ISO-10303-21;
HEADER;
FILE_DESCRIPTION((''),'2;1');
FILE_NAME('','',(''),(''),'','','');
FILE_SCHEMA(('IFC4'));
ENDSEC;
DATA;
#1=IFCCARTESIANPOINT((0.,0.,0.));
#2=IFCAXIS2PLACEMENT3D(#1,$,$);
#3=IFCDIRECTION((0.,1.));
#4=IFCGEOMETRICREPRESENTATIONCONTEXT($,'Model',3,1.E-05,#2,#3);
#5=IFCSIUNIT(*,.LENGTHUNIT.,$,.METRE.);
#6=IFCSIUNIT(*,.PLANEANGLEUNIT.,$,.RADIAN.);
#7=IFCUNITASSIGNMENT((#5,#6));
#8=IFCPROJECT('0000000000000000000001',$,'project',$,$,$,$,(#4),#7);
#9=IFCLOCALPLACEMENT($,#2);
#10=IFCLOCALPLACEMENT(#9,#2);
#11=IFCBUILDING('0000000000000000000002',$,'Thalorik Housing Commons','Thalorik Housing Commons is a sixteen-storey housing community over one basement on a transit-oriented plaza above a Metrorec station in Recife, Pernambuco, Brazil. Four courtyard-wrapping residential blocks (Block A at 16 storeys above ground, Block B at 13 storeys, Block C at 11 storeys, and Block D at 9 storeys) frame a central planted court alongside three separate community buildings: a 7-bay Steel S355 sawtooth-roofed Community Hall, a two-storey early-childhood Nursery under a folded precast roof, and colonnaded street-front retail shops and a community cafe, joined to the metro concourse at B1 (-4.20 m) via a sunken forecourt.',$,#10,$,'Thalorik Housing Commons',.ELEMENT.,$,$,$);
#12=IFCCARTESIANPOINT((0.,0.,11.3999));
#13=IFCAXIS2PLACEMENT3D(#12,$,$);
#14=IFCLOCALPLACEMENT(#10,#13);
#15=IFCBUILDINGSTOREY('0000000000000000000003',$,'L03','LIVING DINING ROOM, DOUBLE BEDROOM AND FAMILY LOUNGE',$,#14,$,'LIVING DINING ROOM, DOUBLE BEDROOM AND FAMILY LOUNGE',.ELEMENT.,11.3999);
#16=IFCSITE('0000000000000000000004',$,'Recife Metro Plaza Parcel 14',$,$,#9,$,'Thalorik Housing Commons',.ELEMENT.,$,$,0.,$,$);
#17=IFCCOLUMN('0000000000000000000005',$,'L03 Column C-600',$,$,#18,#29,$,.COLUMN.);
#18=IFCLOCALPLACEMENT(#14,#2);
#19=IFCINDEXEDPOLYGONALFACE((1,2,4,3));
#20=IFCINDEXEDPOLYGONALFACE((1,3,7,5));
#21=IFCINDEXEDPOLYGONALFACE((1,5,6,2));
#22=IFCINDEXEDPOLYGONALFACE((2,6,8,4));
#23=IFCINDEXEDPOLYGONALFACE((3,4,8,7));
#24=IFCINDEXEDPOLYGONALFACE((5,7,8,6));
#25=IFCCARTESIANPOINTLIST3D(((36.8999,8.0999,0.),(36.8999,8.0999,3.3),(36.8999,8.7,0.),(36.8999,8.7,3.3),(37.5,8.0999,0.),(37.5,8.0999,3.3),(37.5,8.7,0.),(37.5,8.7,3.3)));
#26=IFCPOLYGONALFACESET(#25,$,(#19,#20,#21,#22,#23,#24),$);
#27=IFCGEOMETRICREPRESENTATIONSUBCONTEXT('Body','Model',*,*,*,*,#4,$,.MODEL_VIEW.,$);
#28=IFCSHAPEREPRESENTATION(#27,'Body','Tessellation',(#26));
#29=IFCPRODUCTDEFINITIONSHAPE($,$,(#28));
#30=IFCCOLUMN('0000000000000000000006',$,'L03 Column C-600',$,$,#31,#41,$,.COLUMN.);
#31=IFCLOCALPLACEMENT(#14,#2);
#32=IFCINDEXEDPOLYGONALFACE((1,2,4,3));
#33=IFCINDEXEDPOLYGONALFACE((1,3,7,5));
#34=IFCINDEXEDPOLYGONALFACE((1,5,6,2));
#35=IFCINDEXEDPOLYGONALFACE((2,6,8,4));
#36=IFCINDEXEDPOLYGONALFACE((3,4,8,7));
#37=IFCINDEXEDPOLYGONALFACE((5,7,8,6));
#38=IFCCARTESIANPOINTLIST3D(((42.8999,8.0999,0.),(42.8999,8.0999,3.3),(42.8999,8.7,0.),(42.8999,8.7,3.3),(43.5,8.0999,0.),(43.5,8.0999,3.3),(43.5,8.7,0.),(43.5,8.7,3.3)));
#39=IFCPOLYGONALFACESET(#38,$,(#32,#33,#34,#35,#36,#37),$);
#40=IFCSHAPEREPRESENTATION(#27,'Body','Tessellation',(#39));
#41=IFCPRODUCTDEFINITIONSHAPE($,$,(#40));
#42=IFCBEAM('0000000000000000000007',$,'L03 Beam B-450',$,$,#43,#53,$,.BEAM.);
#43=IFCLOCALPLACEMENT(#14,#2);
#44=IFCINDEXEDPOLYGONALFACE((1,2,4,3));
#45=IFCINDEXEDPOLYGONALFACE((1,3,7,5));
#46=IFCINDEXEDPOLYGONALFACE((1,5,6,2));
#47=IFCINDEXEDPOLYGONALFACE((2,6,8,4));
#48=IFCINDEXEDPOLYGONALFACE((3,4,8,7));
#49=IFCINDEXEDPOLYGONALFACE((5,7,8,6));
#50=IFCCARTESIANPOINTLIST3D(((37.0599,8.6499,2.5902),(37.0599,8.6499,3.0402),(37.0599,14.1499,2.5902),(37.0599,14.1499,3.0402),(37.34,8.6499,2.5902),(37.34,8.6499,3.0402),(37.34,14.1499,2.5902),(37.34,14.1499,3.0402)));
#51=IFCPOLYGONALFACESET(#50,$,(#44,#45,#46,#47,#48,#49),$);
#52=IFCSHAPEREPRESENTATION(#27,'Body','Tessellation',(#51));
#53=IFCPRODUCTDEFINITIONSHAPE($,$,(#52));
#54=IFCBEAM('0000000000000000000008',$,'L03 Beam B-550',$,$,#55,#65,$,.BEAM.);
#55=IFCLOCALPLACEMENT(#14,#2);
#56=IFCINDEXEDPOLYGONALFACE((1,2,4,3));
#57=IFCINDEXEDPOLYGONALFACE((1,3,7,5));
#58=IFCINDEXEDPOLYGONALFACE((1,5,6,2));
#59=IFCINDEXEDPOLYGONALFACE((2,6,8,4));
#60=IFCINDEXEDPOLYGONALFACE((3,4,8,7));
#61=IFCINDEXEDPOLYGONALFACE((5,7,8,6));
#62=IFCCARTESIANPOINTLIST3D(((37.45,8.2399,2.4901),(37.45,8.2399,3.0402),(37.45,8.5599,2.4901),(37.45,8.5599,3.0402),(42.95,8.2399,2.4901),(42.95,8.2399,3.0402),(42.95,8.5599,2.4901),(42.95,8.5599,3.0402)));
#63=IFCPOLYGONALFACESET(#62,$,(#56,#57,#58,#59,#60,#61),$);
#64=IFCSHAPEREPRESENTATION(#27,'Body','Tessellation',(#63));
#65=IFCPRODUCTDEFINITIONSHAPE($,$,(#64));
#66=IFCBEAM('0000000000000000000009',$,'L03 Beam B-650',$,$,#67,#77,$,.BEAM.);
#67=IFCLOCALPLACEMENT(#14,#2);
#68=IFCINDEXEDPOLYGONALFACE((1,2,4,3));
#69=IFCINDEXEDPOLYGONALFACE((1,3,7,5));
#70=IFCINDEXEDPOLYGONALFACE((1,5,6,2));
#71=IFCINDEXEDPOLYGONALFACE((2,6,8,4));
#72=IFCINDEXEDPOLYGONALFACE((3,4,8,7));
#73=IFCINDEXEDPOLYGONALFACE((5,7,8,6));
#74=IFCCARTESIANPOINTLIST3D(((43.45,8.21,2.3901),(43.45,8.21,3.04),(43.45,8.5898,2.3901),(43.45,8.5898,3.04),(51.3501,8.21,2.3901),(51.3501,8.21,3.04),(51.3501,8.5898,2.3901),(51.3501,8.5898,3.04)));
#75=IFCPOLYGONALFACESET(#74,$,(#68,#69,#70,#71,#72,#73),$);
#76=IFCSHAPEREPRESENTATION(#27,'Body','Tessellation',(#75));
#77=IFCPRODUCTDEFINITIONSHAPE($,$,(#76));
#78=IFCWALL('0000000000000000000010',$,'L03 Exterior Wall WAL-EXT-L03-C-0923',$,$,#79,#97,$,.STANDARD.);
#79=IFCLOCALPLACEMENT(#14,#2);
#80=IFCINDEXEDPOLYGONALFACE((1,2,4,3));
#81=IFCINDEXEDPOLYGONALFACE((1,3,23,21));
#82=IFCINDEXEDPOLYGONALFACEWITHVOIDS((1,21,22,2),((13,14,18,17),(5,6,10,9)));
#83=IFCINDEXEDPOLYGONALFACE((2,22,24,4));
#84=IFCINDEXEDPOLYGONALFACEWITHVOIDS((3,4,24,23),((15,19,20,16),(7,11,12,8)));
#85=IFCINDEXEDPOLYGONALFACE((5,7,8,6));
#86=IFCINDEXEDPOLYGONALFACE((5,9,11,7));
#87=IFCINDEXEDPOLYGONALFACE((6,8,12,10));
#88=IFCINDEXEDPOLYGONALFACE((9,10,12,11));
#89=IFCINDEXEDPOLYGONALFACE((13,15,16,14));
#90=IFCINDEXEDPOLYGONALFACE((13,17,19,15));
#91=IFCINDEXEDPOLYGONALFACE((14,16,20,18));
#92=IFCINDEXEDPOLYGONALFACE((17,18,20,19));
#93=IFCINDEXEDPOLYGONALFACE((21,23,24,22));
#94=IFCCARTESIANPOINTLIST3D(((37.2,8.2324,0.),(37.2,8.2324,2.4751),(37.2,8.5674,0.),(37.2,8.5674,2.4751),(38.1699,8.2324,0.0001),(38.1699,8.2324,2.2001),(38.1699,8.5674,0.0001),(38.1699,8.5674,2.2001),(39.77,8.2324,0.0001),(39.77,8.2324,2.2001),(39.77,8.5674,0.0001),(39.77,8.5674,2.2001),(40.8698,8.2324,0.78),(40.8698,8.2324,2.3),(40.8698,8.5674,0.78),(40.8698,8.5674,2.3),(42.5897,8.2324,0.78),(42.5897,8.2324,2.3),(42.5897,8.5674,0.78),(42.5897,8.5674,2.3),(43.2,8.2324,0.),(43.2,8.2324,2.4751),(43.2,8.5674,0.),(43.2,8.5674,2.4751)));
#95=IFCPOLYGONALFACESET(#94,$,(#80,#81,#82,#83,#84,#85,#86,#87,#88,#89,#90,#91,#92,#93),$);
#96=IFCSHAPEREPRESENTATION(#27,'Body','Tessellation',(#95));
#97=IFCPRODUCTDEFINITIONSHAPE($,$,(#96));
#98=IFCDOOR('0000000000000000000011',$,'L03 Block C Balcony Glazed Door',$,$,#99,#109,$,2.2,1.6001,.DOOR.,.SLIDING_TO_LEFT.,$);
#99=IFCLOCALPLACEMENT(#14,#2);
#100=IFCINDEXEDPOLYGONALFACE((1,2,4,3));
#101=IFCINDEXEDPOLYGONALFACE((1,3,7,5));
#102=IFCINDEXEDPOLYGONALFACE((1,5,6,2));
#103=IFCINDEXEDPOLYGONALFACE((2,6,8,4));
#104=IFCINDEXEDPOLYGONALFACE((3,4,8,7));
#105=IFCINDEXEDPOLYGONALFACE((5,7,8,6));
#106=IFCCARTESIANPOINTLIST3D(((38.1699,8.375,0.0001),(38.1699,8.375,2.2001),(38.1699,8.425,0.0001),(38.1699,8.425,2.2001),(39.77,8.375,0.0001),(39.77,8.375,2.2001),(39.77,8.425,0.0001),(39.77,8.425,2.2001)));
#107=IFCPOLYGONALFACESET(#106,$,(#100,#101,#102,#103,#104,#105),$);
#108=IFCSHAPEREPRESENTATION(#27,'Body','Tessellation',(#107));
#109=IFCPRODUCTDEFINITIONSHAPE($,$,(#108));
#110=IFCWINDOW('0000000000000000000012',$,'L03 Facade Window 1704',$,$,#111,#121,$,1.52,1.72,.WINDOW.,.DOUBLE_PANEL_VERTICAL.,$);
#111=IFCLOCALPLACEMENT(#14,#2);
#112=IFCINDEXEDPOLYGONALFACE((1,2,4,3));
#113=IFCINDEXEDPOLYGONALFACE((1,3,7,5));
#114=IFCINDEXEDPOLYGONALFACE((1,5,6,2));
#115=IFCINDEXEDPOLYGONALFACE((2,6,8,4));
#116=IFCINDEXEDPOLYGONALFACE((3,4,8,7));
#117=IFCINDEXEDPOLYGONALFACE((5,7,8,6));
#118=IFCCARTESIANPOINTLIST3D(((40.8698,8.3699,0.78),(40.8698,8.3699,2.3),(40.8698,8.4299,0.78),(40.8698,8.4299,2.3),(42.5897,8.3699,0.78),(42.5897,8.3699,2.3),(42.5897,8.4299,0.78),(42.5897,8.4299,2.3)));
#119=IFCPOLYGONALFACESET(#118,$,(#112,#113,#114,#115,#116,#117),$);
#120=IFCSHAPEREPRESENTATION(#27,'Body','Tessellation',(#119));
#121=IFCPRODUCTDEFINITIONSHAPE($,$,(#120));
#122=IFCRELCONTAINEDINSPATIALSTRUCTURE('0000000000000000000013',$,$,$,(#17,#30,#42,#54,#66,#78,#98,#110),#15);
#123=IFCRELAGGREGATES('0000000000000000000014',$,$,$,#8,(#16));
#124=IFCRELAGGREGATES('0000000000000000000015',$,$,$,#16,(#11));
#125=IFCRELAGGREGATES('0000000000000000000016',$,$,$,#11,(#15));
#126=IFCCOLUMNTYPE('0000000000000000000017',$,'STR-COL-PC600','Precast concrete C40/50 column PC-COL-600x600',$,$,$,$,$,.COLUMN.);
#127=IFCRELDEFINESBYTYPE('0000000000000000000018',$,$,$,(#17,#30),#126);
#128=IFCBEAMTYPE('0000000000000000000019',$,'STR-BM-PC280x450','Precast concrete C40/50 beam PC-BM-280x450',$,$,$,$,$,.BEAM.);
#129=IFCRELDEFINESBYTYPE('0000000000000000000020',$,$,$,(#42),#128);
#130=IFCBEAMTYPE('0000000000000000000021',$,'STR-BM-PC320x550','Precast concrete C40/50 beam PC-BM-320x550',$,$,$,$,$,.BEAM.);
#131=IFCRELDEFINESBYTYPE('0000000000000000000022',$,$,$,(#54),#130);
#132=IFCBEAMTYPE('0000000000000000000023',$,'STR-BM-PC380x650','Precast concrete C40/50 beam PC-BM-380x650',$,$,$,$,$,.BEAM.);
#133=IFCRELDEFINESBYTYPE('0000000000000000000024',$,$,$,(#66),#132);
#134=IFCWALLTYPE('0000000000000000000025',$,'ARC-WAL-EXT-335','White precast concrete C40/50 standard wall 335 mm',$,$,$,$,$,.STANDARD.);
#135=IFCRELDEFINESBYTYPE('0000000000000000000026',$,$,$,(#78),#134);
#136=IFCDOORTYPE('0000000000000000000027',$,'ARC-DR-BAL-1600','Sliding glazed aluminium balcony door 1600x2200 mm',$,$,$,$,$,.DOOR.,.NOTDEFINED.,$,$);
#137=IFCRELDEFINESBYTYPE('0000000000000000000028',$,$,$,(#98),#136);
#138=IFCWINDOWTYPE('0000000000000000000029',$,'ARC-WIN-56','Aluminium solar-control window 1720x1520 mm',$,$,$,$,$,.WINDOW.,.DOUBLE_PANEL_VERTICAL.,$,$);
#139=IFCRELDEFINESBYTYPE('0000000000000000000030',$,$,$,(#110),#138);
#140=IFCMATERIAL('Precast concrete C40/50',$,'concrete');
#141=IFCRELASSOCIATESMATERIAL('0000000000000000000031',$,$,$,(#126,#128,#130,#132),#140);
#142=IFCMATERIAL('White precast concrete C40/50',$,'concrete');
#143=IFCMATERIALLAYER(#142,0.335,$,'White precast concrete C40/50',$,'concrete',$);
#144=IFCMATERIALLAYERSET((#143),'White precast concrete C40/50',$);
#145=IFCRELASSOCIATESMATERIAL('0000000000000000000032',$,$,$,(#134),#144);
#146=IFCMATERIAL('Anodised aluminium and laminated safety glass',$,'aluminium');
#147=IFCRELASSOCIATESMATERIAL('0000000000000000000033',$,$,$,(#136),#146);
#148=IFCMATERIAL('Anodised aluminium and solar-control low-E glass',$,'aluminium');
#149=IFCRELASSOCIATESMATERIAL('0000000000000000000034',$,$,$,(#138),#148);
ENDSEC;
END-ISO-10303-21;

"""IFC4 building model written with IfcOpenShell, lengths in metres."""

from ifc_helpers import new_model, si_unit, direction, frame, frame_2d, origin, origin_2d, place, context, subcontext, project, spatial, rectangle, extrude, material, layer, layer_set, material_profile, profile_set, type_object, element, fill, save


model = new_model("IFC4")

# Units and contexts
model_context = context("Model", 3, precision=1e-05, world=origin(), true_north=direction((0.0, 1.0)))
body_context = subcontext(model_context, "Body", "Model", "MODEL_VIEW")
ifc_project = project(units=[si_unit("LENGTHUNIT", "METRE"), si_unit("PLANEANGLEUNIT", "RADIAN")], contexts=[model_context])

# Site, building, storey
site_placement = place(None, origin())
site = spatial("IfcSite", under=ifc_project, at=site_placement, Name="Recife Metro Plaza Parcel 14", LongName="Thalorik Housing Commons", CompositionType="ELEMENT", RefElevation=0.0)
building_placement = place(site_placement, origin())
building = spatial("IfcBuilding", under=site, at=building_placement, Name="Thalorik Housing Commons", Description="Thalorik Housing Commons is a sixteen-storey housing community over one basement on a transit-oriented plaza above a Metrorec station in Recife, Pernambuco, Brazil. Four courtyard-wrapping residential blocks (Block A at 16 storeys above ground, Block B at 13 storeys, Block C at 11 storeys, and Block D at 9 storeys) frame a central planted court alongside three separate community buildings: a 7-bay Steel S355 sawtooth-roofed Community Hall, a two-storey early-childhood Nursery under a folded precast roof, and colonnaded street-front retail shops and a community cafe, joined to the metro concourse at B1 (-4.20 m) via a sunken forecourt.", LongName="Thalorik Housing Commons", CompositionType="ELEMENT")
storey_placement = place(building_placement, frame((0.0, 0.0, 11.3999)))
storey = spatial("IfcBuildingStorey", under=building, at=storey_placement, Name="L03", Description="LIVING DINING ROOM, DOUBLE BEDROOM AND FAMILY LOUNGE", LongName="LIVING DINING ROOM, DOUBLE BEDROOM AND FAMILY LOUNGE", CompositionType="ELEMENT", Elevation=11.3999)

# Columns
ifc_material_1 = material(Name="Precast concrete C40/50", Category="concrete")
ifc_material_profile_1 = material_profile(ifc_material_1, rectangle(XDim=0.6001, YDim=0.6001, at=origin_2d()), Name="PC 600x600", Category="concrete")
ifc_profile_set_1 = profile_set([ifc_material_profile_1], Name="Precast concrete C40/50")
column_type = type_object("IfcColumnType", Name="STR-COL-PC600", Description="Precast concrete C40/50 column PC-COL-600x600", PredefinedType="COLUMN", material=ifc_profile_set_1)
for number, where, z_axis, x_axis, name in (
    (1, (37.2, 8.3999, 0.0), (0.0, 0.0, 1.0), (1.0, 0.0, 0.0), "L03 Column C-600"),
    (2, (43.2, 8.3999, 0.0), (0.0, 0.0, 1.0), (1.0, 0.0, 0.0), "L03 Column C-600"),
):
    element("IfcColumn", number, at=place(storey_placement, frame(where, z_axis=z_axis, x_axis=x_axis)), inside=storey, type_object=column_type, Name=name, PredefinedType="COLUMN", context=body_context, shape_type="SweptSolid", body=[
        extrude(rectangle(XDim=0.6001, YDim=0.6001, at=origin_2d()), origin(), (0.0, 0.0, 1.0), 3.3),
    ])

# Beams
ifc_material_profile_2 = material_profile(ifc_material_1, rectangle(XDim=0.28, YDim=0.45, at=origin_2d()), Name="PC 280x450", Category="concrete")
ifc_profile_set_2 = profile_set([ifc_material_profile_2], Name="Precast concrete C40/50")
beam_type_1 = type_object("IfcBeamType", Name="STR-BM-PC280x450", Description="Precast concrete C40/50 beam PC-BM-280x450", PredefinedType="BEAM", material=ifc_profile_set_2)
beam_1_placement = place(storey_placement, frame((37.2, 8.6499, 2.8152), z_axis=(0.0, 1.0, 0.0), x_axis=(-1.0, 0.0, 0.0)))
element("IfcBeam", 3, at=beam_1_placement, inside=storey, type_object=beam_type_1, Name="L03 Beam B-450", PredefinedType="BEAM", context=body_context, shape_type="SweptSolid", body=[
    extrude(rectangle(XDim=0.28, YDim=0.45, at=origin_2d()), origin(), (0.0, 0.0, 1.0), 5.5),
])
ifc_material_profile_3 = material_profile(ifc_material_1, rectangle(XDim=0.3201, YDim=0.55, at=origin_2d()), Name="PC 320x550", Category="concrete")
ifc_profile_set_3 = profile_set([ifc_material_profile_3], Name="Precast concrete C40/50")
beam_type_2 = type_object("IfcBeamType", Name="STR-BM-PC320x550", Description="Precast concrete C40/50 beam PC-BM-320x550", PredefinedType="BEAM", material=ifc_profile_set_3)
beam_2_placement = place(storey_placement, frame((37.45, 8.3999, 2.7651), z_axis=(1.0, 0.0, 0.0), x_axis=(0.0, 1.0, 0.0)))
element("IfcBeam", 4, at=beam_2_placement, inside=storey, type_object=beam_type_2, Name="L03 Beam B-550", PredefinedType="BEAM", context=body_context, shape_type="SweptSolid", body=[
    extrude(rectangle(XDim=0.3201, YDim=0.55, at=origin_2d()), origin(), (0.0, 0.0, 1.0), 5.5),
])
ifc_material_profile_4 = material_profile(ifc_material_1, rectangle(XDim=0.3799, YDim=0.6499, at=origin_2d()), Name="PC 380x650", Category="concrete")
ifc_profile_set_4 = profile_set([ifc_material_profile_4], Name="Precast concrete C40/50")
beam_type_3 = type_object("IfcBeamType", Name="STR-BM-PC380x650", Description="Precast concrete C40/50 beam PC-BM-380x650", PredefinedType="BEAM", material=ifc_profile_set_4)
beam_3_placement = place(storey_placement, frame((43.45, 8.3999, 2.7151), z_axis=(1.0, 0.0, 0.0), x_axis=(0.0, 1.0, 0.0)))
element("IfcBeam", 5, at=beam_3_placement, inside=storey, type_object=beam_type_3, Name="L03 Beam B-650", PredefinedType="BEAM", context=body_context, shape_type="SweptSolid", body=[
    extrude(rectangle(XDim=0.3799, YDim=0.6499, at=origin_2d()), origin(), (0.0, 0.0, 1.0), 7.9001),
])

# Wall, openings, door, window
ifc_material_2 = material(Name="White precast concrete C40/50", Category="concrete")
ifc_layer_1 = layer(ifc_material_2, 0.335, Name="White precast concrete C40/50", Category="concrete")
ifc_layer_set_1 = layer_set([ifc_layer_1], Name="White precast concrete C40/50")
wall_type_1 = type_object("IfcWallType", Name="ARC-WAL-EXT-335", Description="White precast concrete C40/50 standard wall 335 mm", PredefinedType="STANDARD", material=ifc_layer_set_1)
wall_1_placement = place(storey_placement, frame((37.2, 8.3999, 0.0), z_axis=(0.0, 0.0, 1.0), x_axis=(1.0, 0.0, 0.0)))
wall_1 = element("IfcWall", 6, at=wall_1_placement, inside=storey, type_object=wall_type_1, Name="L03 Exterior Wall WAL-EXT-L03-C-0923", PredefinedType="STANDARD", context=body_context, shape_type="SweptSolid", body=[
    extrude(rectangle(XDim=6.0, YDim=0.335, at=frame_2d((3.0, 0.0))), origin(), (0.0, 0.0, 1.0), 2.4751),
])
opening_1_placement = place(wall_1_placement, frame((0.97, 0.0, 0.0)))
opening_1 = element("IfcOpeningElement", 7, at=opening_1_placement, cuts=wall_1, PredefinedType="OPENING", context=body_context, shape_type="SweptSolid", body=[
    extrude(rectangle(XDim=1.6001, YDim=2.2, at=frame_2d((0.8, 1.1001))), frame((0.0, 0.1775, 0.0), z_axis=(0.0, -1.0, 0.0), x_axis=(1.0, 0.0, 0.0)), (0.0, 0.0, 1.0), 0.355),
])
opening_2_placement = place(wall_1_placement, frame((3.6699, 0.0, 0.78)))
opening_2 = element("IfcOpeningElement", 8, at=opening_2_placement, cuts=wall_1, PredefinedType="OPENING", context=body_context, shape_type="SweptSolid", body=[
    extrude(rectangle(XDim=1.72, YDim=1.52, at=frame_2d((0.8599, 0.76))), frame((0.0, 0.1775, 0.0), z_axis=(0.0, -1.0, 0.0), x_axis=(1.0, 0.0, 0.0)), (0.0, 0.0, 1.0), 0.355),
])
ifc_material_3 = material(Name="Anodised aluminium and laminated safety glass", Category="aluminium")
door_type_1 = type_object("IfcDoorType", Name="ARC-DR-BAL-1600", Description="Sliding glazed aluminium balcony door 1600x2200 mm", OperationType="NOTDEFINED", PredefinedType="DOOR", material=ifc_material_3)
door_1_placement = place(opening_1_placement, frame((1.6001, 0.0, 0.0), z_axis=(0.0, 0.0, 1.0), x_axis=(-1.0, 0.0, 0.0)))
door_1 = element("IfcDoor", 9, at=door_1_placement, inside=storey, type_object=door_type_1, Name="L03 Block C Balcony Glazed Door", OperationType="SLIDING_TO_LEFT", OverallHeight=2.2, OverallWidth=1.6001, PredefinedType="DOOR", context=body_context, shape_type="SweptSolid", body=[
    extrude(rectangle(XDim=1.6001, YDim=2.2, at=frame_2d((0.8, 1.1001))), frame((0.0, 0.0249, 0.0), z_axis=(0.0, -1.0, 0.0), x_axis=(1.0, 0.0, 0.0)), (0.0, 0.0, 1.0), 0.05),
])
fill(opening_1, door_1)
ifc_material_4 = material(Name="Anodised aluminium and solar-control low-E glass", Category="aluminium")
window_type_1 = type_object("IfcWindowType", Name="ARC-WIN-56", Description="Aluminium solar-control window 1720x1520 mm", PartitioningType="DOUBLE_PANEL_VERTICAL", PredefinedType="WINDOW", material=ifc_material_4)
window_1_placement = place(opening_2_placement, origin())
window_1 = element("IfcWindow", 10, at=window_1_placement, inside=storey, type_object=window_type_1, Name="L03 Facade Window 1704", OverallHeight=1.52, OverallWidth=1.72, PartitioningType="DOUBLE_PANEL_VERTICAL", PredefinedType="WINDOW", context=body_context, shape_type="SweptSolid", body=[
    extrude(rectangle(XDim=1.72, YDim=1.52, at=frame_2d((0.8599, 0.76))), frame((0.0, 0.03, 0.0), z_axis=(0.0, -1.0, 0.0), x_axis=(1.0, 0.0, 0.0)), (0.0, 0.0, 1.0), 0.0601),
])
fill(opening_2, window_1)

save(model, "model.ifc")
